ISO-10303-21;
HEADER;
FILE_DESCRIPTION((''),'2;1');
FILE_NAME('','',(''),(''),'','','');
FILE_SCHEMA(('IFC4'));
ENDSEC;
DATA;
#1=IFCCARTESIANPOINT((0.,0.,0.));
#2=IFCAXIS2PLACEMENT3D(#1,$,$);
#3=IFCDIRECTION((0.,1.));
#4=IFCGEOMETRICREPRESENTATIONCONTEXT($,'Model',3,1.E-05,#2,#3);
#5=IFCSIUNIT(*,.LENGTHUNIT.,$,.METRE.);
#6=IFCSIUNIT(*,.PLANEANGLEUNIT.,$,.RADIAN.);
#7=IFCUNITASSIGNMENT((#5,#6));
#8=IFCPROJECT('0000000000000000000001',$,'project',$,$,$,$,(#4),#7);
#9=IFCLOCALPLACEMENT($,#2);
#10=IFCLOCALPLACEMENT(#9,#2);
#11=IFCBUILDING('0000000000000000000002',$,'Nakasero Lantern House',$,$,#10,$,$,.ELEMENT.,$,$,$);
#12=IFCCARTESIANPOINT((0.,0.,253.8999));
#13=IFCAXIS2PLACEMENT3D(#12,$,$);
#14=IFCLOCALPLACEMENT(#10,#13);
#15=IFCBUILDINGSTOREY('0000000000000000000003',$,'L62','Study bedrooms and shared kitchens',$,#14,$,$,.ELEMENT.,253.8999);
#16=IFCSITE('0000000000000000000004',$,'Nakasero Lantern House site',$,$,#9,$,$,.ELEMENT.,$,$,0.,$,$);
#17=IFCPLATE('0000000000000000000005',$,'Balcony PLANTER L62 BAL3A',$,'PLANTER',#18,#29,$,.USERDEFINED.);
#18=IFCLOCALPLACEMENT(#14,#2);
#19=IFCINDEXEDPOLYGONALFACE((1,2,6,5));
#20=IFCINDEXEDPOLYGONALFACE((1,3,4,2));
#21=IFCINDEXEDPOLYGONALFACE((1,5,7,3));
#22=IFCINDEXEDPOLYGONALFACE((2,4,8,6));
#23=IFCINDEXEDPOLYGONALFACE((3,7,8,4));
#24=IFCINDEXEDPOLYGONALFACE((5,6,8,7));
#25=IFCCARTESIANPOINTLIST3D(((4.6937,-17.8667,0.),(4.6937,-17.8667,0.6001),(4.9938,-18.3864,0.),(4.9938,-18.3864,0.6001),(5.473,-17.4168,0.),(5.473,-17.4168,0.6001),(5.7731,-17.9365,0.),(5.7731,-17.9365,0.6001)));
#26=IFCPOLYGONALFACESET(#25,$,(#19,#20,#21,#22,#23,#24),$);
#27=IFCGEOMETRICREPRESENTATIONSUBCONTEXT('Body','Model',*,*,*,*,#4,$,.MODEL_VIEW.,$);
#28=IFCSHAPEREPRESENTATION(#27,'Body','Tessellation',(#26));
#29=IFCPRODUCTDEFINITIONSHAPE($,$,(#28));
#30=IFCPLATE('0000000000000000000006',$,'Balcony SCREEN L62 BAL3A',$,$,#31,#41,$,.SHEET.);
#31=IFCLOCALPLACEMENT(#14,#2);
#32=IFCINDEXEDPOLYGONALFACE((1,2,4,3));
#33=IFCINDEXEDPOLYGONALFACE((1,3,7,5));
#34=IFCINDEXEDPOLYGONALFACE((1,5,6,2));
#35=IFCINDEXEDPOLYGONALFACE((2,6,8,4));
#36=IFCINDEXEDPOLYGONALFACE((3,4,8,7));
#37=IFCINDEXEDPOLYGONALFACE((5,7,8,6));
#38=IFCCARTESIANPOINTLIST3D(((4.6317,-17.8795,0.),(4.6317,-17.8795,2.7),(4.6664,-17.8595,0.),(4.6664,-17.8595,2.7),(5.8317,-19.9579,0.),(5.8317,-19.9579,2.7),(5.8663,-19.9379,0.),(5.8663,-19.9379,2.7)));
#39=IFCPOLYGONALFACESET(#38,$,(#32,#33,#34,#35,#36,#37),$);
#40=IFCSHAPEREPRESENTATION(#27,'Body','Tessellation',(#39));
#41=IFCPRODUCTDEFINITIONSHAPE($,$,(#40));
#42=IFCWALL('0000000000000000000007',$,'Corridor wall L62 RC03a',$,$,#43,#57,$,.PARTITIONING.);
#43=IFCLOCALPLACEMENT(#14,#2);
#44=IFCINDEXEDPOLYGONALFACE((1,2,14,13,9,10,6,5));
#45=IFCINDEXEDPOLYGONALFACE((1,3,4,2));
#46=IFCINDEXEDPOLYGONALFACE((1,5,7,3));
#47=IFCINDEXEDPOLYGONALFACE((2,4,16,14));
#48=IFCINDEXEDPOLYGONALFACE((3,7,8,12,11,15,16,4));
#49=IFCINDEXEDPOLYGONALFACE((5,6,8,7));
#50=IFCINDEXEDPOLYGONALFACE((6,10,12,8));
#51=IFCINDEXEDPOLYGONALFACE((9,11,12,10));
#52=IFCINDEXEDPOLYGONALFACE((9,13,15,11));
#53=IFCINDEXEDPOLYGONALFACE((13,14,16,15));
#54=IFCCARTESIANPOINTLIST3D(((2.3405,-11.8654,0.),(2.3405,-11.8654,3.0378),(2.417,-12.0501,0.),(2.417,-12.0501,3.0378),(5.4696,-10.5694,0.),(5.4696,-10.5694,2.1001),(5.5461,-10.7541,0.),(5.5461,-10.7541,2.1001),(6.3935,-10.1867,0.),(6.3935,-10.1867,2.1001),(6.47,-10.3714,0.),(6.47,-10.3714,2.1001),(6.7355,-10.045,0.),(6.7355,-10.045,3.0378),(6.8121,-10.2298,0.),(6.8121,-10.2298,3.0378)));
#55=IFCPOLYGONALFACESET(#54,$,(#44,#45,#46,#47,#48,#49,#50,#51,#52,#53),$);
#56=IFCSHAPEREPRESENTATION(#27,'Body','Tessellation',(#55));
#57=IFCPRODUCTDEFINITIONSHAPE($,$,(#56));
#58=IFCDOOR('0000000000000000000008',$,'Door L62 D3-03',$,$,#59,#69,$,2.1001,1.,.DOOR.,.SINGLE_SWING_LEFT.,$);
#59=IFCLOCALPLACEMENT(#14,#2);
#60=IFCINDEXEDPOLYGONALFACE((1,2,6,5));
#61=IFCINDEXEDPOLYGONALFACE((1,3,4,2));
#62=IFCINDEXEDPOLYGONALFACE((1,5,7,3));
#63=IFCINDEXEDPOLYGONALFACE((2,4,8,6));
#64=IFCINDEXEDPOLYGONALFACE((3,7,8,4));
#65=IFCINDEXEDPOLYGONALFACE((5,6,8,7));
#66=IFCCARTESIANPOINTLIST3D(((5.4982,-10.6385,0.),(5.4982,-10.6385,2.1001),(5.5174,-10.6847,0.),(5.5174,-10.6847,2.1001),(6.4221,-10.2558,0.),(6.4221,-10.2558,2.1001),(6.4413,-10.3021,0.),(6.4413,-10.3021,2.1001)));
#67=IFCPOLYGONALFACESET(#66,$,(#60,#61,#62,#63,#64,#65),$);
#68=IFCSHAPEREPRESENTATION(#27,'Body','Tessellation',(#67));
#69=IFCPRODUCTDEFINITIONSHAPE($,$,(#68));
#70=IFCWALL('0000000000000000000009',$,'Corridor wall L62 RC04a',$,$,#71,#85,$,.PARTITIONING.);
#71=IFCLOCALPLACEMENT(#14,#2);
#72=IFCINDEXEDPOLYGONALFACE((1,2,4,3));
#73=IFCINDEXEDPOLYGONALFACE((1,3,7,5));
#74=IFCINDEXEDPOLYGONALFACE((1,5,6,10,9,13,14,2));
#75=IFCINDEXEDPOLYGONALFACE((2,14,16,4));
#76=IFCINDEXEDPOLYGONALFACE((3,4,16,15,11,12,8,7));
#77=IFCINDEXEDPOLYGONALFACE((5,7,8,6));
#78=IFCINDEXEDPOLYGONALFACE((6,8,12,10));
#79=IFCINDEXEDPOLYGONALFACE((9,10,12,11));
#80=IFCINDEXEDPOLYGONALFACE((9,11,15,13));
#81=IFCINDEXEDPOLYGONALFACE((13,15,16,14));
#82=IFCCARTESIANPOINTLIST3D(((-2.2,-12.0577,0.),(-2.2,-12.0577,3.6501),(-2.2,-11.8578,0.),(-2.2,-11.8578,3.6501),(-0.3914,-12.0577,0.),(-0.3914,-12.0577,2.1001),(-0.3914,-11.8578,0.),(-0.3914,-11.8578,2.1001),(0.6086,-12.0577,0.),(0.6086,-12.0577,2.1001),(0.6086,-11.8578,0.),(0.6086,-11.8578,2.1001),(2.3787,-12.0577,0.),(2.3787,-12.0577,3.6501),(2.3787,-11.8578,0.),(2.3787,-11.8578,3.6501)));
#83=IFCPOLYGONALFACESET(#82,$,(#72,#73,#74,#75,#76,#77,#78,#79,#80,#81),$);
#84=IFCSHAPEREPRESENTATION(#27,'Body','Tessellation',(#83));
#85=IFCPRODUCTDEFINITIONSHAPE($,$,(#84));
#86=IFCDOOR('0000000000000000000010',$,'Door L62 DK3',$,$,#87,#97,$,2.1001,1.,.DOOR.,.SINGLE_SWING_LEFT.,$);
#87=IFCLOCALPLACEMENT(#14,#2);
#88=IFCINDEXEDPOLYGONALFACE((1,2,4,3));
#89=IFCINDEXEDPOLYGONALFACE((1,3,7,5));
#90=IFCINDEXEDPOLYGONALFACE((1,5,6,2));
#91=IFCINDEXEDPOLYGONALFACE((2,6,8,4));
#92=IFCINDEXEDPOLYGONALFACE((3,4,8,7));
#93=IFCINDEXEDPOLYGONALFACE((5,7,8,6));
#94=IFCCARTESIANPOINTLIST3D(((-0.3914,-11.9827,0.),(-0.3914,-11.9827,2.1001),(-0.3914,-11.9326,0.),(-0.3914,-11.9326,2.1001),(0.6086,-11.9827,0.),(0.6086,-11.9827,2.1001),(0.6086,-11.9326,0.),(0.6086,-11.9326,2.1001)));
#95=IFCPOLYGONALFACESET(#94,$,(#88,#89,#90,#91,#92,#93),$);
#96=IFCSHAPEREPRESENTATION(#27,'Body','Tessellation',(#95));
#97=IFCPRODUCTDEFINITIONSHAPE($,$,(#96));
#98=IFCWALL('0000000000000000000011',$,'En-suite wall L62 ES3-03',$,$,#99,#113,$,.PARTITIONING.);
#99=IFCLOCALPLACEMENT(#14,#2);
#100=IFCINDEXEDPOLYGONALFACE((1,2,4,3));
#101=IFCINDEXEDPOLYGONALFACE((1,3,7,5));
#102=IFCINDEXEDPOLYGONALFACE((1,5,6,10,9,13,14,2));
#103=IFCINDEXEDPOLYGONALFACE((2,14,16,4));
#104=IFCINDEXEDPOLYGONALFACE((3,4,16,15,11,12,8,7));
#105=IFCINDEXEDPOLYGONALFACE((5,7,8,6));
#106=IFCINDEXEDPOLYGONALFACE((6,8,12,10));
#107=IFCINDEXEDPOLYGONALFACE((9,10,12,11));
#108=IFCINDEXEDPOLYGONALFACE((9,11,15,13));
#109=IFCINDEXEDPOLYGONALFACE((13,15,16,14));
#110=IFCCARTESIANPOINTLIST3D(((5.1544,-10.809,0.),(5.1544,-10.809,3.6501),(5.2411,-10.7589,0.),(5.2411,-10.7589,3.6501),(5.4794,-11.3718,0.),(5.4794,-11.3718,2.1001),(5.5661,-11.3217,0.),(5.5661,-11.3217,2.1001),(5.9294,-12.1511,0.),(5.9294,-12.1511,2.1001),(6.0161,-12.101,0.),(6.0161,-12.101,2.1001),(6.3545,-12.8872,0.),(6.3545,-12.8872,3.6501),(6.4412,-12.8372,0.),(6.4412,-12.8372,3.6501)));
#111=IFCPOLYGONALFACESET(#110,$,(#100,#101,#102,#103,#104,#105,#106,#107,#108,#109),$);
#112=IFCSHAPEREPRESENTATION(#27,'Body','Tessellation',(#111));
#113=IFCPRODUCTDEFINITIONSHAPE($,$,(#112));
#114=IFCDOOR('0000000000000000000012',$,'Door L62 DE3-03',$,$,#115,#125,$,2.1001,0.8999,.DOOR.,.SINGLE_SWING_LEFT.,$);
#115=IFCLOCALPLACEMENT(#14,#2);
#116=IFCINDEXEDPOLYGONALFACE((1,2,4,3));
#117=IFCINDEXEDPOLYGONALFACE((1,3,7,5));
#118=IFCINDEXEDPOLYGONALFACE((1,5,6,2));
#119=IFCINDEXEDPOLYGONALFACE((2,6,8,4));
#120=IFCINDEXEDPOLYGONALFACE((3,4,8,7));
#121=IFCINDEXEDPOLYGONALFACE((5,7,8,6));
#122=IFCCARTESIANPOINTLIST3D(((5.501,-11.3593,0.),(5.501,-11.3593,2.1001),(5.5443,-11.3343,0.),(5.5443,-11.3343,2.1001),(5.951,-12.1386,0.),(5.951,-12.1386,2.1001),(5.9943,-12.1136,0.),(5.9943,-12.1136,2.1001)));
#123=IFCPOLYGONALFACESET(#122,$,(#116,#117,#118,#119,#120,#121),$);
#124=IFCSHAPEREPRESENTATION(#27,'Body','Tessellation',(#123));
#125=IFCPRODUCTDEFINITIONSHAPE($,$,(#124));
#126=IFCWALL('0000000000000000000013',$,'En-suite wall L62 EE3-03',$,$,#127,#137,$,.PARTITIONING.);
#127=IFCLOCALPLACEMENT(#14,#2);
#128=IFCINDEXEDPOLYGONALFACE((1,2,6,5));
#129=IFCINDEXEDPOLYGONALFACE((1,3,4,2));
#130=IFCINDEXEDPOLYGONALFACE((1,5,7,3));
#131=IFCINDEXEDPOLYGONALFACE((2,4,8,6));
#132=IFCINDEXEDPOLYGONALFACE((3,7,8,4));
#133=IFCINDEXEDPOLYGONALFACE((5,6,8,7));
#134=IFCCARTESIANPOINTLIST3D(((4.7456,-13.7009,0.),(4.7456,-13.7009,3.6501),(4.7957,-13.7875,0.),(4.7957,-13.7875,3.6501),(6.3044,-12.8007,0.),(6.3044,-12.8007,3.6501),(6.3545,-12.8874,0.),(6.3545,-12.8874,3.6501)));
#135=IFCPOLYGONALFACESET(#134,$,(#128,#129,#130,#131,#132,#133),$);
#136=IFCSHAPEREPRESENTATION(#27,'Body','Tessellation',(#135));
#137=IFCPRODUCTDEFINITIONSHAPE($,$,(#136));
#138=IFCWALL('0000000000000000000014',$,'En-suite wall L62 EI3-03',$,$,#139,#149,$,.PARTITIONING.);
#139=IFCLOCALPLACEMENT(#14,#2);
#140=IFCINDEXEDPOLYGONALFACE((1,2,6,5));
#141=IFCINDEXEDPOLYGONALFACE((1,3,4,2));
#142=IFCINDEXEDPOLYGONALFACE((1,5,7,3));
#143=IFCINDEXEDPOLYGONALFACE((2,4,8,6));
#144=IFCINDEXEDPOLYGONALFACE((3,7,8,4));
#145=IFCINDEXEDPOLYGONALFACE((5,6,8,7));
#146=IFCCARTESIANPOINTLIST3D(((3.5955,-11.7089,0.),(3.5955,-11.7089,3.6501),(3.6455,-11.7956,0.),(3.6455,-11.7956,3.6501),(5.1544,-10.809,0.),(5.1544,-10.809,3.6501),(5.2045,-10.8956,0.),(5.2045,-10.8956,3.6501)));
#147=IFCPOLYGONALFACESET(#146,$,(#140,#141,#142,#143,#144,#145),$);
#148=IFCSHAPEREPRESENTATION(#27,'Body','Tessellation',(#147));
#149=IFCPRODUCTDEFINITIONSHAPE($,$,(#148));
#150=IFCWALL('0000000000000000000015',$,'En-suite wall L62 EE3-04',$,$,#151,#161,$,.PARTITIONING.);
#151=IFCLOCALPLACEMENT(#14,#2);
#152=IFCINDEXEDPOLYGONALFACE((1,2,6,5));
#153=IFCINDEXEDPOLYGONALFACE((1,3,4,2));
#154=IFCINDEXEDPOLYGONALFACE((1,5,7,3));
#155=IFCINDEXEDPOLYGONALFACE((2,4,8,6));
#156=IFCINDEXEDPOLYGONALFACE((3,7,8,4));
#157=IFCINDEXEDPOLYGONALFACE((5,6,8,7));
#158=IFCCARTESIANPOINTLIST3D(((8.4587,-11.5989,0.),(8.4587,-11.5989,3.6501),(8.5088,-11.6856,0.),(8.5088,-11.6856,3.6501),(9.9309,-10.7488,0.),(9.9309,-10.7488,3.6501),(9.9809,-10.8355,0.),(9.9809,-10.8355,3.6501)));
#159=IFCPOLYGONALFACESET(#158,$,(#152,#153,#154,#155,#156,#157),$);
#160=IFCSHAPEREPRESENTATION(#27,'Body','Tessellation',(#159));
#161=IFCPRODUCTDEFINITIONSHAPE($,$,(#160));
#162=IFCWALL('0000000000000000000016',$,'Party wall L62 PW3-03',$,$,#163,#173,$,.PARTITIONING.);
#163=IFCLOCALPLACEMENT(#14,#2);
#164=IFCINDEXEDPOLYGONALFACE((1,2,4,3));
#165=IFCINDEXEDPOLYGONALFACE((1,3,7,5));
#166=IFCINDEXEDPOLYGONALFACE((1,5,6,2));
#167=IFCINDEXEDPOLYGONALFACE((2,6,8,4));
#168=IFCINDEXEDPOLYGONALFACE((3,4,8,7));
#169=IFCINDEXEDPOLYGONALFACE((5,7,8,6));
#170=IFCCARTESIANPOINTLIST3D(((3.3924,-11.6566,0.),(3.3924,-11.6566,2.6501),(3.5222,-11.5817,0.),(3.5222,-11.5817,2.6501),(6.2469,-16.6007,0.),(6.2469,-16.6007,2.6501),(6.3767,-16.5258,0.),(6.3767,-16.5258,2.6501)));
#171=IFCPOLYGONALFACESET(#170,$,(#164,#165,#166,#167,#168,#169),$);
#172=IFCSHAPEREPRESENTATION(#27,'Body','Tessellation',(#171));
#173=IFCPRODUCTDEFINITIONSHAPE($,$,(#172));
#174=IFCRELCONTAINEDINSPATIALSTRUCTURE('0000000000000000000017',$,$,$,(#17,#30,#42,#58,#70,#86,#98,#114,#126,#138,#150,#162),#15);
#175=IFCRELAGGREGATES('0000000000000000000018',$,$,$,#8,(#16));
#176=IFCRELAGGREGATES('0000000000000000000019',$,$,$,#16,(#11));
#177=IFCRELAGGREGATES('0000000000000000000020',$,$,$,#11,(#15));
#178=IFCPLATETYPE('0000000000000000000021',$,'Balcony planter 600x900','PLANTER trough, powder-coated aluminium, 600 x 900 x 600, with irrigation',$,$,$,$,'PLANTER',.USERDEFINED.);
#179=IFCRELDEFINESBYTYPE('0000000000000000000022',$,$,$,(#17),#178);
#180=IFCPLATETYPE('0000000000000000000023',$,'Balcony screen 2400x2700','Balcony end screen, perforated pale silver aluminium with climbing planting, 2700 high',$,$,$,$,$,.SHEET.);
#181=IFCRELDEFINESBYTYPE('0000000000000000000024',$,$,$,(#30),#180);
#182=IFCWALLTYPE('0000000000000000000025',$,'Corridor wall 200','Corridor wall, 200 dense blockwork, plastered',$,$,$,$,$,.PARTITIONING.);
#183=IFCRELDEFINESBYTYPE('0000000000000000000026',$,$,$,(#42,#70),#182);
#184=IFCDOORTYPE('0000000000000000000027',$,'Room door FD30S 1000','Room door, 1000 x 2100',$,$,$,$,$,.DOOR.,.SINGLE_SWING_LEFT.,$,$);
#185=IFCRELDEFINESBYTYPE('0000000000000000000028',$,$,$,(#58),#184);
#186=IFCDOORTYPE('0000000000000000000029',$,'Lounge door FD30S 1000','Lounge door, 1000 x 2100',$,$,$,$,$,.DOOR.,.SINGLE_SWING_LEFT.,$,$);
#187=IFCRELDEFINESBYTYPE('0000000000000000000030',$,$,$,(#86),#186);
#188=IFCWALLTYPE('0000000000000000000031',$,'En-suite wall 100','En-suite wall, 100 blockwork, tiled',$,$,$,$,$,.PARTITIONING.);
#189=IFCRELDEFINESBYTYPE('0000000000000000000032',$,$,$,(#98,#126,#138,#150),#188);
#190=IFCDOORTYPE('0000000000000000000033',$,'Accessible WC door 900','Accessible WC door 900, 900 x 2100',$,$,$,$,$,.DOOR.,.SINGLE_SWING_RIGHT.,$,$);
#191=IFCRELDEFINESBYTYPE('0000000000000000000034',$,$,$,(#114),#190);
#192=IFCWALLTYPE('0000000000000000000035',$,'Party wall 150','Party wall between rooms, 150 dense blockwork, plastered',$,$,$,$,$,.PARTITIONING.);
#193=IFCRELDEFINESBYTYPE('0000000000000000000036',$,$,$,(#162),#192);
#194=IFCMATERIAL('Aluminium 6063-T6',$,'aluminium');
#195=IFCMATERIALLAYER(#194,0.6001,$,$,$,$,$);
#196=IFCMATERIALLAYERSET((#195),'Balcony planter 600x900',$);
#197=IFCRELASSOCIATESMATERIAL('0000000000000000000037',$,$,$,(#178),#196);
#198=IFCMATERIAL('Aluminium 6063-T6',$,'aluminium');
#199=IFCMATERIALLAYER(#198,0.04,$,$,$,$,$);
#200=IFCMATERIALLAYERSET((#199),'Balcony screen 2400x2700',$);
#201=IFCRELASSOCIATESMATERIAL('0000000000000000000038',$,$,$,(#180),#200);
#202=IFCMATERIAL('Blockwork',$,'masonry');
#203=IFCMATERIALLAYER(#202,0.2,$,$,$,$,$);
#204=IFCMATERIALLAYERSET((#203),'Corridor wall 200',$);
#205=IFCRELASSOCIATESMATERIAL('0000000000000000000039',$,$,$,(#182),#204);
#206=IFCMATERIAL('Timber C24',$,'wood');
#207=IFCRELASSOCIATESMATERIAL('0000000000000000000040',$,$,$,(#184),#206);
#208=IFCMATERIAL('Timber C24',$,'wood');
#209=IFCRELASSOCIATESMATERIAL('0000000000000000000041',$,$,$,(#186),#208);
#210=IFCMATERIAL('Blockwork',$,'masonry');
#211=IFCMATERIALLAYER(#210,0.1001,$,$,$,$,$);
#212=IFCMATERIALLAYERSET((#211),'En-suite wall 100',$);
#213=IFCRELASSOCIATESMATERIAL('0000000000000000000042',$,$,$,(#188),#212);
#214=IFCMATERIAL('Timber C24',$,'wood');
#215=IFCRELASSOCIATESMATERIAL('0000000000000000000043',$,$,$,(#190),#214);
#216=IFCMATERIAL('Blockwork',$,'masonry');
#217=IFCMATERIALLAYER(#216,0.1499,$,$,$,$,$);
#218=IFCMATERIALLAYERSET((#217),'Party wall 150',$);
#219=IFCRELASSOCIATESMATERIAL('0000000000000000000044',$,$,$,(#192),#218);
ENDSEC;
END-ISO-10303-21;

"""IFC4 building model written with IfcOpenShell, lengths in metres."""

from ifc_helpers import new_model, si_unit, direction, frame, frame_2d, origin, origin_2d, place, context, subcontext, project, spatial, rectangle, extrude, material, layer, layer_set, type_object, element, fill, save


model = new_model("IFC4")

# Units and contexts
model_context = context("Model", 3, precision=1e-05, world=origin(), true_north=direction((0.0, 1.0)))
body_context = subcontext(model_context, "Body", "Model", "MODEL_VIEW")
ifc_project = project(units=[si_unit("LENGTHUNIT", "METRE"), si_unit("PLANEANGLEUNIT", "RADIAN")], contexts=[model_context])

# Site, building, storey
site_placement = place(None, origin())
site = spatial("IfcSite", under=ifc_project, at=site_placement, Name="Nakasero Lantern House site", CompositionType="ELEMENT", RefElevation=0.0)
building_placement = place(site_placement, origin())
building = spatial("IfcBuilding", under=site, at=building_placement, Name="Nakasero Lantern House", CompositionType="ELEMENT")
storey_placement = place(building_placement, frame((0.0, 0.0, 253.8999)))
storey = spatial("IfcBuildingStorey", under=building, at=storey_placement, Name="L62", Description="Study bedrooms and shared kitchens", CompositionType="ELEMENT", Elevation=253.8999)

# Plates
ifc_material_1 = material(Name="Aluminium 6063-T6", Category="aluminium")
ifc_layer_1 = layer(ifc_material_1, 0.6001)
ifc_layer_set_1 = layer_set([ifc_layer_1], Name="Balcony planter 600x900")
plate_type_1 = type_object("IfcPlateType", Name="Balcony planter 600x900", Description="PLANTER trough, powder-coated aluminium, 600 x 900 x 600, with irrigation", ElementType="PLANTER", PredefinedType="USERDEFINED", material=ifc_layer_set_1)
plate_1_placement = place(storey_placement, frame((5.2334, -17.9016, 0.0), z_axis=(0.0, 0.0, 1.0), x_axis=(0.5, -0.866025, 0.0)))
element("IfcPlate", 1, at=plate_1_placement, inside=storey, type_object=plate_type_1, Name="Balcony PLANTER L62 BAL3A", ObjectType="PLANTER", PredefinedType="USERDEFINED", context=body_context, shape_type="SweptSolid", body=[
    extrude(rectangle(XDim=0.6001, YDim=0.8999, at=origin_2d()), origin(), (0.0, 0.0, 1.0), 0.6001),
])
ifc_material_2 = material(Name="Aluminium 6063-T6", Category="aluminium")
ifc_layer_2 = layer(ifc_material_2, 0.04)
ifc_layer_set_2 = layer_set([ifc_layer_2], Name="Balcony screen 2400x2700")
plate_type_2 = type_object("IfcPlateType", Name="Balcony screen 2400x2700", Description="Balcony end screen, perforated pale silver aluminium with climbing planting, 2700 high", PredefinedType="SHEET", material=ifc_layer_set_2)
plate_2_placement = place(storey_placement, frame((5.249, -18.9087, 0.0), z_axis=(0.0, 0.0, 1.0), x_axis=(0.5, -0.866025, 0.0)))
element("IfcPlate", 2, at=plate_2_placement, inside=storey, type_object=plate_type_2, Name="Balcony SCREEN L62 BAL3A", PredefinedType="SHEET", context=body_context, shape_type="SweptSolid", body=[
    extrude(rectangle(XDim=2.3999, YDim=0.04, at=origin_2d()), origin(), (0.0, 0.0, 1.0), 2.7),
])

# Walls, openings, doors
ifc_material_3 = material(Name="Blockwork", Category="masonry")
ifc_layer_3 = layer(ifc_material_3, 0.2)
ifc_layer_set_3 = layer_set([ifc_layer_3], Name="Corridor wall 200")
wall_type_1 = type_object("IfcWallType", Name="Corridor wall 200", Description="Corridor wall, 200 dense blockwork, plastered", PredefinedType="PARTITIONING", material=ifc_layer_set_3)
wall_1_placement = place(storey_placement, frame((6.7737, -10.1375, 0.0), z_axis=(0.0, 0.0, 1.0), x_axis=(-0.923892, -0.382654, 0.0)))
wall_1 = element("IfcWall", 3, at=wall_1_placement, inside=storey, type_object=wall_type_1, Name="Corridor wall L62 RC03a", PredefinedType="PARTITIONING", context=body_context, shape_type="SweptSolid", body=[
    extrude(rectangle(XDim=4.7571, YDim=0.2, at=frame_2d((2.3784, 0.0))), origin(), (0.0, 0.0, 1.0), 3.0378),
])
opening_1_placement = place(wall_1_placement, frame((0.3701, 0.0, 0.0)))
opening_1 = element("IfcOpeningElement", 4, at=opening_1_placement, cuts=wall_1, PredefinedType="OPENING", context=body_context, shape_type="SweptSolid", body=[
    extrude(rectangle(XDim=1.0, YDim=2.1001, at=frame_2d((0.5, 1.05))), frame((0.0, 0.1199, 0.0), z_axis=(0.0, -1.0, 0.0), x_axis=(1.0, 0.0, 0.0)), (0.0, 0.0, 1.0), 0.24),
])
ifc_material_4 = material(Name="Timber C24", Category="wood")
door_type_1 = type_object("IfcDoorType", Name="Room door FD30S 1000", Description="Room door, 1000 x 2100", OperationType="SINGLE_SWING_LEFT", PredefinedType="DOOR", material=ifc_material_4)
door_1_placement = place(opening_1_placement, origin())
door_1 = element("IfcDoor", 5, at=door_1_placement, inside=storey, type_object=door_type_1, Name="Door L62 D3-03", OperationType="SINGLE_SWING_LEFT", OverallHeight=2.1001, OverallWidth=1.0, PredefinedType="DOOR", context=body_context, shape_type="SweptSolid", body=[
    extrude(rectangle(XDim=1.0, YDim=2.1001, at=frame_2d((0.5, 1.05))), frame((0.0, 0.0249, 0.0), z_axis=(0.0, -1.0, 0.0), x_axis=(1.0, 0.0, 0.0)), (0.0, 0.0, 1.0), 0.05),
])
fill(opening_1, door_1)
wall_2_placement = place(storey_placement, frame((2.3787, -11.9578, 0.0), z_axis=(0.0, 0.0, 1.0), x_axis=(-1.0, 0.0, 0.0)))
wall_2 = element("IfcWall", 6, at=wall_2_placement, inside=storey, type_object=wall_type_1, Name="Corridor wall L62 RC04a", PredefinedType="PARTITIONING", context=body_context, shape_type="SweptSolid", body=[
    extrude(rectangle(XDim=4.5786, YDim=0.2, at=frame_2d((2.2893, 0.0))), origin(), (0.0, 0.0, 1.0), 3.6501),
])
opening_2_placement = place(wall_2_placement, frame((1.77, 0.0, 0.0)))
opening_2 = element("IfcOpeningElement", 7, at=opening_2_placement, cuts=wall_2, PredefinedType="OPENING", context=body_context, shape_type="SweptSolid", body=[
    extrude(rectangle(XDim=1.0, YDim=2.1001, at=frame_2d((0.5, 1.05))), frame((0.0, 0.1199, 0.0), z_axis=(0.0, -1.0, 0.0), x_axis=(1.0, 0.0, 0.0)), (0.0, 0.0, 1.0), 0.24),
])
ifc_material_5 = material(Name="Timber C24", Category="wood")
door_type_2 = type_object("IfcDoorType", Name="Lounge door FD30S 1000", Description="Lounge door, 1000 x 2100", OperationType="SINGLE_SWING_LEFT", PredefinedType="DOOR", material=ifc_material_5)
door_2_placement = place(opening_2_placement, origin())
door_2 = element("IfcDoor", 8, at=door_2_placement, inside=storey, type_object=door_type_2, Name="Door L62 DK3", OperationType="SINGLE_SWING_LEFT", OverallHeight=2.1001, OverallWidth=1.0, PredefinedType="DOOR", context=body_context, shape_type="SweptSolid", body=[
    extrude(rectangle(XDim=1.0, YDim=2.1001, at=frame_2d((0.5, 1.05))), frame((0.0, 0.0249, 0.0), z_axis=(0.0, -1.0, 0.0), x_axis=(1.0, 0.0, 0.0)), (0.0, 0.0, 1.0), 0.05),
])
fill(opening_2, door_2)
ifc_material_6 = material(Name="Blockwork", Category="masonry")
ifc_layer_4 = layer(ifc_material_6, 0.1001)
ifc_layer_set_4 = layer_set([ifc_layer_4], Name="En-suite wall 100")
wall_type_2 = type_object("IfcWallType", Name="En-suite wall 100", Description="En-suite wall, 100 blockwork, tiled", PredefinedType="PARTITIONING", material=ifc_layer_set_4)
wall_3_placement = place(storey_placement, frame((5.1978, -10.7839, 0.0), z_axis=(0.0, 0.0, 1.0), x_axis=(0.500078, -0.865981, 0.0)))
wall_3 = element("IfcWall", 9, at=wall_3_placement, inside=storey, type_object=wall_type_2, Name="En-suite wall L62 ES3-03", PredefinedType="PARTITIONING", context=body_context, shape_type="SweptSolid", body=[
    extrude(rectangle(XDim=2.3999, YDim=0.1001, at=frame_2d((1.2, 0.0))), origin(), (0.0, 0.0, 1.0), 3.6501),
])
opening_3_placement = place(wall_3_placement, frame((0.6499, 0.0, 0.0)))
opening_3 = element("IfcOpeningElement", 10, at=opening_3_placement, cuts=wall_3, PredefinedType="OPENING", context=body_context, shape_type="SweptSolid", body=[
    extrude(rectangle(XDim=0.8999, YDim=2.1001, at=frame_2d((0.45, 1.05))), frame((0.0, 0.0701, 0.0), z_axis=(0.0, -1.0, 0.0), x_axis=(1.0, 0.0, 0.0)), (0.0, 0.0, 1.0), 0.1401),
])
ifc_material_7 = material(Name="Timber C24", Category="wood")
door_type_3 = type_object("IfcDoorType", Name="Accessible WC door 900", Description="Accessible WC door 900, 900 x 2100", OperationType="SINGLE_SWING_RIGHT", PredefinedType="DOOR", material=ifc_material_7)
door_3_placement = place(opening_3_placement, origin())
door_3 = element("IfcDoor", 11, at=door_3_placement, inside=storey, type_object=door_type_3, Name="Door L62 DE3-03", OperationType="SINGLE_SWING_LEFT", OverallHeight=2.1001, OverallWidth=0.8999, PredefinedType="DOOR", context=body_context, shape_type="SweptSolid", body=[
    extrude(rectangle(XDim=0.8999, YDim=2.1001, at=frame_2d((0.45, 1.05))), frame((0.0, 0.0249, 0.0), z_axis=(0.0, -1.0, 0.0), x_axis=(1.0, 0.0, 0.0)), (0.0, 0.0, 1.0), 0.05),
])
fill(opening_3, door_3)

# Walls
for number, where, z_axis, x_axis, name in (
    (12, (4.7708, -13.7441, 0.0), (0.0, 0.0, 1.0), (0.865989, 0.500063, 0.0), "En-suite wall L62 EE3-03"),
    (13, (3.6206, -11.7522, 0.0), (0.0, 0.0, 1.0), (0.866048, 0.499961, 0.0), "En-suite wall L62 EI3-03"),
):
    element("IfcWall", number, at=place(storey_placement, frame(where, z_axis=z_axis, x_axis=x_axis)), inside=storey, type_object=wall_type_2, Name=name, PredefinedType="PARTITIONING", context=body_context, shape_type="SweptSolid", body=[
        extrude(rectangle(XDim=1.8, YDim=0.1001, at=frame_2d((0.8999, 0.0))), origin(), (0.0, 0.0, 1.0), 3.6501),
    ])
wall_4_placement = place(storey_placement, frame((8.4836, -11.6423, 0.0), z_axis=(0.0, 0.0, 1.0), x_axis=(0.865989, 0.500062, 0.0)))
element("IfcWall", 14, at=wall_4_placement, inside=storey, type_object=wall_type_2, Name="En-suite wall L62 EE3-04", PredefinedType="PARTITIONING", context=body_context, shape_type="SweptSolid", body=[
    extrude(rectangle(XDim=1.7, YDim=0.1001, at=frame_2d((0.8501, 0.0))), origin(), (0.0, 0.0, 1.0), 3.6501),
])
ifc_material_8 = material(Name="Blockwork", Category="masonry")
ifc_layer_5 = layer(ifc_material_8, 0.1499)
ifc_layer_set_5 = layer_set([ifc_layer_5], Name="Party wall 150")
wall_type_3 = type_object("IfcWallType", Name="Party wall 150", Description="Party wall between rooms, 150 dense blockwork, plastered", PredefinedType="PARTITIONING", material=ifc_layer_set_5)
wall_5_placement = place(storey_placement, frame((3.4573, -11.6191, 0.0), z_axis=(0.0, 0.0, 1.0), x_axis=(0.500003, -0.866024, 0.0)))
element("IfcWall", 15, at=wall_5_placement, inside=storey, type_object=wall_type_3, Name="Party wall L62 PW3-03", PredefinedType="PARTITIONING", context=body_context, shape_type="SweptSolid", body=[
    extrude(rectangle(XDim=5.709, YDim=0.1499, at=frame_2d((2.8545, 0.0))), origin(), (0.0, 0.0, 1.0), 2.6501),
])

save(model, "model.ifc")
